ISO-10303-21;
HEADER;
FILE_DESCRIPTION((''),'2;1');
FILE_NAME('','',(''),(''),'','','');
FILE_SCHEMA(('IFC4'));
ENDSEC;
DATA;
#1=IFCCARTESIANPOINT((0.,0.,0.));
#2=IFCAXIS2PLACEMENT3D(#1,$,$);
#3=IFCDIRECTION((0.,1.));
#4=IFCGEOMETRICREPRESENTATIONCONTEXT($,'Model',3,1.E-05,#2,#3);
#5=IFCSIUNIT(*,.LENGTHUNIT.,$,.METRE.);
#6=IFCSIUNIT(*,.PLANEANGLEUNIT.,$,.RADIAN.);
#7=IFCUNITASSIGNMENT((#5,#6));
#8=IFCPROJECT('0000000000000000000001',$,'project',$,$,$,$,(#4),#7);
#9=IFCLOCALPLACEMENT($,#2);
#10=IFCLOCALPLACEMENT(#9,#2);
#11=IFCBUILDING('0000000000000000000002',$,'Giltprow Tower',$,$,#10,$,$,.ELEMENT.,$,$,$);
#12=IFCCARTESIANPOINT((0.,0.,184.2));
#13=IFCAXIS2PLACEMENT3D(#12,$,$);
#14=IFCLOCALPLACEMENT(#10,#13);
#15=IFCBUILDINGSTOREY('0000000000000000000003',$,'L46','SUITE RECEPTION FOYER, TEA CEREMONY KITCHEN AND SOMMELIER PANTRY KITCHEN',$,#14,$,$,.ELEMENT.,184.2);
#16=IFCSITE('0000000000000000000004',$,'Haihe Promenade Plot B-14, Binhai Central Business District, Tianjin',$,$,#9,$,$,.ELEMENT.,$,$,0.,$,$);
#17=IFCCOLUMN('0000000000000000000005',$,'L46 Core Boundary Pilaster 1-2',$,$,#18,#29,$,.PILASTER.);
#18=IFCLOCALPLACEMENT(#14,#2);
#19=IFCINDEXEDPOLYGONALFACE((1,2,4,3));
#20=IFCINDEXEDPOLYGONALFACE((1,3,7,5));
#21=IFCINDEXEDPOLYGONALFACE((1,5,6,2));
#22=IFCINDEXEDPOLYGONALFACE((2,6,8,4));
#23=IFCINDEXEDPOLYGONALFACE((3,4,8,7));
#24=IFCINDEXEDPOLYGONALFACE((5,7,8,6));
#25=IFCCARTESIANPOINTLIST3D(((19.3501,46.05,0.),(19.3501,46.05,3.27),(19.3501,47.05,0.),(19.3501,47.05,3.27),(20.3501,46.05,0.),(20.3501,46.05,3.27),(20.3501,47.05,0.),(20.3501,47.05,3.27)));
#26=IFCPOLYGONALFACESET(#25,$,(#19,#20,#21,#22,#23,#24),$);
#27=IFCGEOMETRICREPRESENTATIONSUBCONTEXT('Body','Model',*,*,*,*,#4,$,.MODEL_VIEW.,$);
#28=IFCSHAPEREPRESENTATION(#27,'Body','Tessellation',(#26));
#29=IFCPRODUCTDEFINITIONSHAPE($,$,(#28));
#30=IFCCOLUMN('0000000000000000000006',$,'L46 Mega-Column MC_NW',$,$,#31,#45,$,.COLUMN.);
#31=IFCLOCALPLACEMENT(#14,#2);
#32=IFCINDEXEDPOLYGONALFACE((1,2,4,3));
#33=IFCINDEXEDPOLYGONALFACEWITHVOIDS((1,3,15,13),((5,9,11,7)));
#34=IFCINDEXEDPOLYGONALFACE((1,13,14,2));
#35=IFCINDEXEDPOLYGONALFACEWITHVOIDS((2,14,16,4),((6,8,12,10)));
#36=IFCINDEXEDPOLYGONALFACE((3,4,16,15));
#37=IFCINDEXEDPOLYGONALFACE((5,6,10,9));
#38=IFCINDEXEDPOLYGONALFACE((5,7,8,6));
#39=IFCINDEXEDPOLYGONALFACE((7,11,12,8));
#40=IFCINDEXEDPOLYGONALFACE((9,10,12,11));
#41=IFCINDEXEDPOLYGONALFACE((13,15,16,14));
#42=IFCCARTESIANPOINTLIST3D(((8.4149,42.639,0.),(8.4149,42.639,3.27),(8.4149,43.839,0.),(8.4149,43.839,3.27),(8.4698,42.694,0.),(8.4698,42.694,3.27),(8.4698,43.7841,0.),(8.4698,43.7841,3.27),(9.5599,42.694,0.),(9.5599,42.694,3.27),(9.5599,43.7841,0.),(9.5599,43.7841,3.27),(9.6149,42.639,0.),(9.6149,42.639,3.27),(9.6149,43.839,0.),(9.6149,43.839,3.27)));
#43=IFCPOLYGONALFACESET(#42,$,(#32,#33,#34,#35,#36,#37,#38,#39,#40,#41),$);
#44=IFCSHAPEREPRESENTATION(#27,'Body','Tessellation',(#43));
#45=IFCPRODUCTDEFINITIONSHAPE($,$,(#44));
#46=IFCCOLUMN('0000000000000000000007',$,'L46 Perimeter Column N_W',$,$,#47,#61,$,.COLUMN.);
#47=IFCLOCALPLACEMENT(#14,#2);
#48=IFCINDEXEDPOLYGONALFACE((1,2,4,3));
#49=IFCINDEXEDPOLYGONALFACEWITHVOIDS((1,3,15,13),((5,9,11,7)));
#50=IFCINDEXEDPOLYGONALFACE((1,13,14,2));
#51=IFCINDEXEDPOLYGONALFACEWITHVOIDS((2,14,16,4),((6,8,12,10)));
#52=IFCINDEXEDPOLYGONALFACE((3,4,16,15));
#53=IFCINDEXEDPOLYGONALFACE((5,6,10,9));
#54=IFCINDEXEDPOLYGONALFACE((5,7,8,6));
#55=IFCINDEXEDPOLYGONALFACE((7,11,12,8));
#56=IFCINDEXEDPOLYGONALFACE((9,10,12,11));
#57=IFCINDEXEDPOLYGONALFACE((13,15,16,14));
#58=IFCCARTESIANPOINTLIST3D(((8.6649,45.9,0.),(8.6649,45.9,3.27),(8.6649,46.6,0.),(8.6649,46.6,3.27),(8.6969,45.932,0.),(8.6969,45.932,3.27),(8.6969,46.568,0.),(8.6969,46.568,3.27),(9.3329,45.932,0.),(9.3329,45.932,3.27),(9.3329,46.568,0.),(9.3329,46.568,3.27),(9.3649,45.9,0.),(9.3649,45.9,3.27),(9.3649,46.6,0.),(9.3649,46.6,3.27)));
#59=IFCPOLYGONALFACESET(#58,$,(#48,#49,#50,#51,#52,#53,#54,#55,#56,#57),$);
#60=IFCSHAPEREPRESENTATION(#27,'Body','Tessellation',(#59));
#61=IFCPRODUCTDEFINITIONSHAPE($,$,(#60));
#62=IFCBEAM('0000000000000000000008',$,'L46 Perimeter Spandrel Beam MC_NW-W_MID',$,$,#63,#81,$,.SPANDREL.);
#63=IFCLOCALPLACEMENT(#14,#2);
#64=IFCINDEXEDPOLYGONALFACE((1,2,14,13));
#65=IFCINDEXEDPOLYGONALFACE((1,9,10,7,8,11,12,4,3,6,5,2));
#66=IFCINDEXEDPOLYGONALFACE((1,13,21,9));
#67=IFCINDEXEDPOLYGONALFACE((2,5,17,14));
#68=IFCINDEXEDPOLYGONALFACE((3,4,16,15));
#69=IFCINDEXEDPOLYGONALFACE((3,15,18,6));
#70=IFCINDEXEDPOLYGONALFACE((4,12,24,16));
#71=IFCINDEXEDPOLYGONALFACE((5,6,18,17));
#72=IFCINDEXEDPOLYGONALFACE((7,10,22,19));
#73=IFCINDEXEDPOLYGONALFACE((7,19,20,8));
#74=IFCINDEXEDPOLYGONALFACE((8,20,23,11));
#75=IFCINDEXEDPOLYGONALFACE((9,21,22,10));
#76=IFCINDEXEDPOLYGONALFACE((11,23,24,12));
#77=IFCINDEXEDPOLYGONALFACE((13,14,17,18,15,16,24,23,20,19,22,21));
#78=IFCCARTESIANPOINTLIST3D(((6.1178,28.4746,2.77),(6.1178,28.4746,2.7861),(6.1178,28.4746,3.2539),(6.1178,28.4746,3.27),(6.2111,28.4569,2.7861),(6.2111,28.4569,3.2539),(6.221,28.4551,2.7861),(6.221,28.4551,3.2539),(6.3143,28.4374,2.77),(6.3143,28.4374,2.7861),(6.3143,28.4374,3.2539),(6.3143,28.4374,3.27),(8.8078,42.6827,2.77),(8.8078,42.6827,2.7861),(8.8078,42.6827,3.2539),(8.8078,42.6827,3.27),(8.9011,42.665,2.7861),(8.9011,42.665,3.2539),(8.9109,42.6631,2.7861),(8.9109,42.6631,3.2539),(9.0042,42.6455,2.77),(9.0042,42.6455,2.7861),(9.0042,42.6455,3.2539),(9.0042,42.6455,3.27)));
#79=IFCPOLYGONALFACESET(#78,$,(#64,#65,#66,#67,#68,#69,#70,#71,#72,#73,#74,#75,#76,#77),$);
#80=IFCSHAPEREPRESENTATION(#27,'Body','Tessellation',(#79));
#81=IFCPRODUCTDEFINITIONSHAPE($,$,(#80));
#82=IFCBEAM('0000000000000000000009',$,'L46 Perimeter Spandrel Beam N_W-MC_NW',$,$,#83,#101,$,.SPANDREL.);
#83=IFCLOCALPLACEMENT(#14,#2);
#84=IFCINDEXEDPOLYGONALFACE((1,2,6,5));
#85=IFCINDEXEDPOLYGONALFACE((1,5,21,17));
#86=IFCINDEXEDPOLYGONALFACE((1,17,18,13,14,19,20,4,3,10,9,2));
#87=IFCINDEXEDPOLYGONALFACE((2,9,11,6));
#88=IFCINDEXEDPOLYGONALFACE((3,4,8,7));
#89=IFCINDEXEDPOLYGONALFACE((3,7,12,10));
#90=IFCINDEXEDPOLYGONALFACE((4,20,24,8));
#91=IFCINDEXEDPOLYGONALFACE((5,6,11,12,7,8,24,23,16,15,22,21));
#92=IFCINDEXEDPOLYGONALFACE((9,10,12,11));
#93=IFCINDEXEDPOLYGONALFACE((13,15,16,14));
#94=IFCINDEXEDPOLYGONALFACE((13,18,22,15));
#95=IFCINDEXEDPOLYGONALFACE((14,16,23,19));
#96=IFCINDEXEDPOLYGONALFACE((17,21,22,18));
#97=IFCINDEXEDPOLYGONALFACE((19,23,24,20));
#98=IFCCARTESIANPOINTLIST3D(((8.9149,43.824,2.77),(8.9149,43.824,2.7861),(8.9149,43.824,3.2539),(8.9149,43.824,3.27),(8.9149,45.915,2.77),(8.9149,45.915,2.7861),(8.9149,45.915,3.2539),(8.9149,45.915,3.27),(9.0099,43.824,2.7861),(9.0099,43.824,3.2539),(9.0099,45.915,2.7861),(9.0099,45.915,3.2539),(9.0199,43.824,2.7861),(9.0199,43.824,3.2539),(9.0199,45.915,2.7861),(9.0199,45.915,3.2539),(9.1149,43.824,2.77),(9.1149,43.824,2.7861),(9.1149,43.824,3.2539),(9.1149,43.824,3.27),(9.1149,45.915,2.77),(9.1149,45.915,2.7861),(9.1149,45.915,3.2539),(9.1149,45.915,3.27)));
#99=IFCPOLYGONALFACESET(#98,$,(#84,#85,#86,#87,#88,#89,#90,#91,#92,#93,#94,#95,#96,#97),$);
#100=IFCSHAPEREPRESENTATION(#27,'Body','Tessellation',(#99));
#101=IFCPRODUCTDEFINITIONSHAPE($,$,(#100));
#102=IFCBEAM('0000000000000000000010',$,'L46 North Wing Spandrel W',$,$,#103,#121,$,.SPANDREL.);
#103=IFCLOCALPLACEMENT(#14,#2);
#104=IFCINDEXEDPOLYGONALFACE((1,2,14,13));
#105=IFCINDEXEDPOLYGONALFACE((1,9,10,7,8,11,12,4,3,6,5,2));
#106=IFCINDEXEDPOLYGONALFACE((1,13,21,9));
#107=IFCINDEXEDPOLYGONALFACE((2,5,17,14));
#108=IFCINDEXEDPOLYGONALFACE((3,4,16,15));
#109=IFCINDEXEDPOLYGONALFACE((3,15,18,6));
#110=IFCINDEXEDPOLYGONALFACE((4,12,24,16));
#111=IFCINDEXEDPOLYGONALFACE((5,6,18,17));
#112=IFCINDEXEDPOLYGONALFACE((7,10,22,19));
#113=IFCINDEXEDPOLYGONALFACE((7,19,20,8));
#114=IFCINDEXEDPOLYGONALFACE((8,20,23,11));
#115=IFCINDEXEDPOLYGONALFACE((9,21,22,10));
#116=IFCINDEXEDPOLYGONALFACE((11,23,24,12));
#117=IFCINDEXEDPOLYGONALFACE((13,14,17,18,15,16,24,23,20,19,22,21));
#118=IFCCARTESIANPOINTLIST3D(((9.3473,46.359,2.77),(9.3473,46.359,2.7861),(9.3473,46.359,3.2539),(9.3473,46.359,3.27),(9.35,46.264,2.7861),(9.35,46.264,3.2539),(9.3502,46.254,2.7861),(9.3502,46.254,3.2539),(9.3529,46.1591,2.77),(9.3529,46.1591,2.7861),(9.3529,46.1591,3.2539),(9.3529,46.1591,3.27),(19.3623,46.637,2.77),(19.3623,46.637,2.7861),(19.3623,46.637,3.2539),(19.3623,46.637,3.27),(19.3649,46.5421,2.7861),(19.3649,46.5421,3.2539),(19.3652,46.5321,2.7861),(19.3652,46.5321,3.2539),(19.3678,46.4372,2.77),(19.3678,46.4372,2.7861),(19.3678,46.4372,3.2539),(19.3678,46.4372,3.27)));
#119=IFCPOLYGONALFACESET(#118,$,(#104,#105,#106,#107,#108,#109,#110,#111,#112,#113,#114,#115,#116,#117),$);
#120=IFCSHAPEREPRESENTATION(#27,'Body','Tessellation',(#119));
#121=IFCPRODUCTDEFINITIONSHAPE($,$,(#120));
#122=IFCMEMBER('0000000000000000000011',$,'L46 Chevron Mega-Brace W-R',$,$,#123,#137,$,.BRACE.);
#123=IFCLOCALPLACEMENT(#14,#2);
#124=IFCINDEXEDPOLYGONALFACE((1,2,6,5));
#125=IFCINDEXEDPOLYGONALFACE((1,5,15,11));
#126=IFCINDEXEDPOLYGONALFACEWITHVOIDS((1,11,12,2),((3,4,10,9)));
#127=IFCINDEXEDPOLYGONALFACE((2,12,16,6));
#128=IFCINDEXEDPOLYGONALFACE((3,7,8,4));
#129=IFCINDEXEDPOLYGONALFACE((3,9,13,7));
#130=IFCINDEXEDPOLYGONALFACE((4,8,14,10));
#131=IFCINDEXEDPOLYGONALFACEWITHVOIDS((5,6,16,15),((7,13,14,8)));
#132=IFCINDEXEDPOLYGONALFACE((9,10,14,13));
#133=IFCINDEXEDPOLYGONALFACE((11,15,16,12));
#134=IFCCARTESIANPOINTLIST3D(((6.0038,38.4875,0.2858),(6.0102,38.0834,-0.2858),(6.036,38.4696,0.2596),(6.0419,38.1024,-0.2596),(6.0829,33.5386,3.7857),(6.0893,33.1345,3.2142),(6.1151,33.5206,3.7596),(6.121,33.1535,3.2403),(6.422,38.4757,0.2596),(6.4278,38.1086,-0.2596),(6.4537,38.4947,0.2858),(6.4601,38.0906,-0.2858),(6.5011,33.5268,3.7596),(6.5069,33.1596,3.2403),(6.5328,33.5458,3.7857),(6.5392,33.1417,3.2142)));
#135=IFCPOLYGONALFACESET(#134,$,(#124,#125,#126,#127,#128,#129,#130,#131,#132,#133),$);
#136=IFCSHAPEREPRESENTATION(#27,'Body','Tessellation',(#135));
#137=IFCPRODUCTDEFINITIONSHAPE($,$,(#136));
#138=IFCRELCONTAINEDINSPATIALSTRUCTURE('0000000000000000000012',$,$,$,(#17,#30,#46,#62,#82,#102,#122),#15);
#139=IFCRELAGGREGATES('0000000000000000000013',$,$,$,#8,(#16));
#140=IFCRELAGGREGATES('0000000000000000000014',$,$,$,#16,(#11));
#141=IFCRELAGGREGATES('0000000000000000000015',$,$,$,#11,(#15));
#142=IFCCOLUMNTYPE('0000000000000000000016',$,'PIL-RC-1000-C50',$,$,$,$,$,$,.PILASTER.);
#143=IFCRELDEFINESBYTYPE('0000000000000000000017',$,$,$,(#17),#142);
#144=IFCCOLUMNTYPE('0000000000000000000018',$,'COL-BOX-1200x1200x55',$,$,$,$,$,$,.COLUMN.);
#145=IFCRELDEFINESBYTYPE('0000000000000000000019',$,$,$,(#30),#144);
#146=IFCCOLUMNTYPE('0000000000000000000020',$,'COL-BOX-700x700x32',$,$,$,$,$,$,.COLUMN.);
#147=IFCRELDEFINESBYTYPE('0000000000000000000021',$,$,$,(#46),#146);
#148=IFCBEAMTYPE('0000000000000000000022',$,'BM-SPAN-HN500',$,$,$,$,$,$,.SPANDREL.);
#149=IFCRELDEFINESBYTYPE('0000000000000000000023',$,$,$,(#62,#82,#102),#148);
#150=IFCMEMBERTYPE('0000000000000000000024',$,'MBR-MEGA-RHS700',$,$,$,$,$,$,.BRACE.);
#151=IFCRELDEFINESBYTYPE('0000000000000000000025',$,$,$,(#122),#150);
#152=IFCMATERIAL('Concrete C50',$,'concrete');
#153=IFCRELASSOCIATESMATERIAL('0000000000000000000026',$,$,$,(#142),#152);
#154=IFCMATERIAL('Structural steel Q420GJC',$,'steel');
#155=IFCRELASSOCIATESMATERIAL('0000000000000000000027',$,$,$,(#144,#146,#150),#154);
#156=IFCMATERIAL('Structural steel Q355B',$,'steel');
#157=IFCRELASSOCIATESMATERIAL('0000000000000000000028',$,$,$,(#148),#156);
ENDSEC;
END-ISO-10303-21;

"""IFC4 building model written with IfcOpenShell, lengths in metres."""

from ifc_helpers import new_model, si_unit, direction, frame, origin, origin_2d, place, context, subcontext, project, spatial, rectangle, hollow_rectangle, i_section, extrude, source, transform, mapped, material, material_profile, profile_set, type_object, element, save


model = new_model("IFC4")

# Units and contexts
model_context = context("Model", 3, precision=1e-05, world=origin(), true_north=direction((0.0, 1.0)))
body_context = subcontext(model_context, "Body", "Model", "MODEL_VIEW")
ifc_project = project(units=[si_unit("LENGTHUNIT", "METRE"), si_unit("PLANEANGLEUNIT", "RADIAN")], contexts=[model_context])

# Site, building, storey
site_placement = place(None, origin())
site = spatial("IfcSite", under=ifc_project, at=site_placement, Name="Haihe Promenade Plot B-14, Binhai Central Business District, Tianjin", CompositionType="ELEMENT", RefElevation=0.0)
building_placement = place(site_placement, origin())
building = spatial("IfcBuilding", under=site, at=building_placement, Name="Giltprow Tower", CompositionType="ELEMENT")
storey_placement = place(building_placement, frame((0.0, 0.0, 184.2)))
storey = spatial("IfcBuildingStorey", under=building, at=storey_placement, Name="L46", Description="SUITE RECEPTION FOYER, TEA CEREMONY KITCHEN AND SOMMELIER PANTRY KITCHEN", CompositionType="ELEMENT", Elevation=184.2)

# Columns
ifc_material_1 = material(Name="Concrete C50", Category="concrete")
ifc_material_profile_1 = material_profile(ifc_material_1, rectangle(XDim=1.0, YDim=1.0, at=origin_2d()), Name="RC 1000x1000")
ifc_profile_set_1 = profile_set([ifc_material_profile_1], Name="Concrete C50")
column_type_1 = type_object("IfcColumnType", Name="PIL-RC-1000-C50", PredefinedType="PILASTER", material=ifc_profile_set_1)
shared_shape_1 = source(origin(), body_context, "Body", "SweptSolid", [
    extrude(rectangle(XDim=1.0, YDim=1.0, at=origin_2d()), origin(), (0.0, 0.0, 1.0), 3.27),
])
column_1_placement = place(storey_placement, frame((19.8501, 46.55, 0.0), z_axis=(0.0, 0.0, 1.0), x_axis=(1.0, 0.0, 0.0)))
element("IfcColumn", 1, at=column_1_placement, inside=storey, type_object=column_type_1, Name="L46 Core Boundary Pilaster 1-2", PredefinedType="PILASTER", context=body_context, shape_type="MappedRepresentation", body=[
    mapped(shared_shape_1, transform((0.0, 0.0, 0.0), x_axis=(1.0, 0.0, 0.0), y_axis=(0.0, 1.0, 0.0), z_axis=(0.0, 0.0, 1.0), scale=1.0)),
])
ifc_material_2 = material(Name="Structural steel Q420GJC", Category="steel")
ifc_material_profile_2 = material_profile(ifc_material_2, hollow_rectangle(XDim=1.2, YDim=1.2, WallThickness=0.0549, at=origin_2d()), Name="BOX 1200x1200x55")
ifc_profile_set_2 = profile_set([ifc_material_profile_2], Name="Structural steel Q420GJC")
column_type_2 = type_object("IfcColumnType", Name="COL-BOX-1200x1200x55", PredefinedType="COLUMN", material=ifc_profile_set_2)
shared_shape_2 = source(origin(), body_context, "Body", "SweptSolid", [
    extrude(hollow_rectangle(XDim=1.2, YDim=1.2, WallThickness=0.0549, at=origin_2d()), origin(), (0.0, 0.0, 1.0), 3.27),
])
column_2_placement = place(storey_placement, frame((9.0149, 43.239, 0.0), z_axis=(0.0, 0.0, 1.0), x_axis=(1.0, 0.0, 0.0)))
element("IfcColumn", 2, at=column_2_placement, inside=storey, type_object=column_type_2, Name="L46 Mega-Column MC_NW", PredefinedType="COLUMN", context=body_context, shape_type="MappedRepresentation", body=[
    mapped(shared_shape_2, transform((0.0, 0.0, 0.0), x_axis=(1.0, 0.0, 0.0), y_axis=(0.0, 1.0, 0.0), z_axis=(0.0, 0.0, 1.0), scale=1.0)),
])
ifc_material_profile_3 = material_profile(ifc_material_2, hollow_rectangle(XDim=0.7, YDim=0.7, WallThickness=0.032, at=origin_2d()), Name="BOX 700x700x32")
ifc_profile_set_3 = profile_set([ifc_material_profile_3], Name="Structural steel Q420GJC")
column_type_3 = type_object("IfcColumnType", Name="COL-BOX-700x700x32", PredefinedType="COLUMN", material=ifc_profile_set_3)
shared_shape_3 = source(origin(), body_context, "Body", "SweptSolid", [
    extrude(hollow_rectangle(XDim=0.7, YDim=0.7, WallThickness=0.032, at=origin_2d()), origin(), (0.0, 0.0, 1.0), 3.27),
])
column_3_placement = place(storey_placement, frame((9.0149, 46.25, 0.0), z_axis=(0.0, 0.0, 1.0), x_axis=(1.0, 0.0, 0.0)))
element("IfcColumn", 3, at=column_3_placement, inside=storey, type_object=column_type_3, Name="L46 Perimeter Column N_W", PredefinedType="COLUMN", context=body_context, shape_type="MappedRepresentation", body=[
    mapped(shared_shape_3, transform((0.0, 0.0, 0.0), x_axis=(1.0, 0.0, 0.0), y_axis=(0.0, 1.0, 0.0), z_axis=(0.0, 0.0, 1.0), scale=1.0)),
])

# Beams
ifc_material_3 = material(Name="Structural steel Q355B", Category="steel")
ifc_material_profile_4 = material_profile(ifc_material_3, i_section(OverallWidth=0.2, OverallDepth=0.5, WebThickness=0.01, FlangeThickness=0.0161, at=origin_2d()), Name="HN 500x200x10x16")
ifc_profile_set_4 = profile_set([ifc_material_profile_4], Name="Structural steel Q355B")
beam_type = type_object("IfcBeamType", Name="BM-SPAN-HN500", PredefinedType="SPANDREL", material=ifc_profile_set_4)
shared_shape_4 = source(origin(), body_context, "Body", "SweptSolid", [
    extrude(i_section(OverallWidth=0.2, OverallDepth=0.5, WebThickness=0.01, FlangeThickness=0.0161, at=origin_2d()), origin(), (0.0, 0.0, 1.0), 14.4604),
])
beam_1_placement = place(storey_placement, frame((8.906, 42.6641, 3.02), z_axis=(-0.186021, -0.982546, 0.0), x_axis=(0.982546, -0.186021, 0.0)))
element("IfcBeam", 4, at=beam_1_placement, inside=storey, type_object=beam_type, Name="L46 Perimeter Spandrel Beam MC_NW-W_MID", PredefinedType="SPANDREL", context=body_context, shape_type="MappedRepresentation", body=[
    mapped(shared_shape_4, transform((0.0, 0.0, 0.0), x_axis=(1.0, 0.0, 0.0), y_axis=(0.0, 1.0, 0.0), z_axis=(0.0, 0.0, 1.0), scale=1.0)),
])
shared_shape_5 = source(origin(), body_context, "Body", "SweptSolid", [
    extrude(i_section(OverallWidth=0.2, OverallDepth=0.5, WebThickness=0.01, FlangeThickness=0.0161, at=origin_2d()), origin(), (0.0, 0.0, 1.0), 2.0911),
])
beam_2_placement = place(storey_placement, frame((9.0149, 45.915, 3.02), z_axis=(0.0, -1.0, 0.0), x_axis=(1.0, 0.0, 0.0)))
element("IfcBeam", 5, at=beam_2_placement, inside=storey, type_object=beam_type, Name="L46 Perimeter Spandrel Beam N_W-MC_NW", PredefinedType="SPANDREL", context=body_context, shape_type="MappedRepresentation", body=[
    mapped(shared_shape_5, transform((0.0, 0.0, 0.0), x_axis=(1.0, 0.0, 0.0), y_axis=(0.0, 1.0, 0.0), z_axis=(0.0, 0.0, 1.0), scale=1.0)),
])
shared_shape_6 = source(origin(), body_context, "Body", "SweptSolid", [
    extrude(i_section(OverallWidth=0.2, OverallDepth=0.5, WebThickness=0.01, FlangeThickness=0.0161, at=origin_2d()), origin(), (0.0, 0.0, 1.0), 10.0188),
])
beam_3_placement = place(storey_placement, frame((9.3501, 46.259, 3.02), z_axis=(0.999615, 0.027756, 0.0), x_axis=(-0.027756, 0.999615, 0.0)))
element("IfcBeam", 6, at=beam_3_placement, inside=storey, type_object=beam_type, Name="L46 North Wing Spandrel W", PredefinedType="SPANDREL", context=body_context, shape_type="MappedRepresentation", body=[
    mapped(shared_shape_6, transform((0.0, 0.0, 0.0), x_axis=(1.0, 0.0, 0.0), y_axis=(0.0, 1.0, 0.0), z_axis=(0.0, 0.0, 1.0), scale=1.0)),
])

# Member
ifc_material_profile_5 = material_profile(ifc_material_2, hollow_rectangle(XDim=0.45, YDim=0.7, WallThickness=0.032, at=origin_2d()), Name="RHS 700x450x32")
ifc_profile_set_5 = profile_set([ifc_material_profile_5], Name="Structural steel Q420GJC")
member_type = type_object("IfcMemberType", Name="MBR-MEGA-RHS700", PredefinedType="BRACE", material=ifc_profile_set_5)
shared_shape_7 = source(origin(), body_context, "Body", "SweptSolid", [
    extrude(hollow_rectangle(XDim=0.45, YDim=0.7, WallThickness=0.032, at=origin_2d()), origin(), (0.0, 0.0, 1.0), 6.062),
])
member_placement = place(storey_placement, frame((6.2319, 38.2891, 0.0), z_axis=(0.013049, -0.816385, 0.577361), x_axis=(0.999872, 0.015981, 0.0)))
element("IfcMember", 7, at=member_placement, inside=storey, type_object=member_type, Name="L46 Chevron Mega-Brace W-R", PredefinedType="BRACE", context=body_context, shape_type="MappedRepresentation", body=[
    mapped(shared_shape_7, transform((0.0, 0.0, 0.0), x_axis=(1.0, 0.0, 0.0), y_axis=(0.0, 1.0, 0.0), z_axis=(0.0, 0.0, 1.0), scale=1.0)),
])

save(model, "model.ifc")
